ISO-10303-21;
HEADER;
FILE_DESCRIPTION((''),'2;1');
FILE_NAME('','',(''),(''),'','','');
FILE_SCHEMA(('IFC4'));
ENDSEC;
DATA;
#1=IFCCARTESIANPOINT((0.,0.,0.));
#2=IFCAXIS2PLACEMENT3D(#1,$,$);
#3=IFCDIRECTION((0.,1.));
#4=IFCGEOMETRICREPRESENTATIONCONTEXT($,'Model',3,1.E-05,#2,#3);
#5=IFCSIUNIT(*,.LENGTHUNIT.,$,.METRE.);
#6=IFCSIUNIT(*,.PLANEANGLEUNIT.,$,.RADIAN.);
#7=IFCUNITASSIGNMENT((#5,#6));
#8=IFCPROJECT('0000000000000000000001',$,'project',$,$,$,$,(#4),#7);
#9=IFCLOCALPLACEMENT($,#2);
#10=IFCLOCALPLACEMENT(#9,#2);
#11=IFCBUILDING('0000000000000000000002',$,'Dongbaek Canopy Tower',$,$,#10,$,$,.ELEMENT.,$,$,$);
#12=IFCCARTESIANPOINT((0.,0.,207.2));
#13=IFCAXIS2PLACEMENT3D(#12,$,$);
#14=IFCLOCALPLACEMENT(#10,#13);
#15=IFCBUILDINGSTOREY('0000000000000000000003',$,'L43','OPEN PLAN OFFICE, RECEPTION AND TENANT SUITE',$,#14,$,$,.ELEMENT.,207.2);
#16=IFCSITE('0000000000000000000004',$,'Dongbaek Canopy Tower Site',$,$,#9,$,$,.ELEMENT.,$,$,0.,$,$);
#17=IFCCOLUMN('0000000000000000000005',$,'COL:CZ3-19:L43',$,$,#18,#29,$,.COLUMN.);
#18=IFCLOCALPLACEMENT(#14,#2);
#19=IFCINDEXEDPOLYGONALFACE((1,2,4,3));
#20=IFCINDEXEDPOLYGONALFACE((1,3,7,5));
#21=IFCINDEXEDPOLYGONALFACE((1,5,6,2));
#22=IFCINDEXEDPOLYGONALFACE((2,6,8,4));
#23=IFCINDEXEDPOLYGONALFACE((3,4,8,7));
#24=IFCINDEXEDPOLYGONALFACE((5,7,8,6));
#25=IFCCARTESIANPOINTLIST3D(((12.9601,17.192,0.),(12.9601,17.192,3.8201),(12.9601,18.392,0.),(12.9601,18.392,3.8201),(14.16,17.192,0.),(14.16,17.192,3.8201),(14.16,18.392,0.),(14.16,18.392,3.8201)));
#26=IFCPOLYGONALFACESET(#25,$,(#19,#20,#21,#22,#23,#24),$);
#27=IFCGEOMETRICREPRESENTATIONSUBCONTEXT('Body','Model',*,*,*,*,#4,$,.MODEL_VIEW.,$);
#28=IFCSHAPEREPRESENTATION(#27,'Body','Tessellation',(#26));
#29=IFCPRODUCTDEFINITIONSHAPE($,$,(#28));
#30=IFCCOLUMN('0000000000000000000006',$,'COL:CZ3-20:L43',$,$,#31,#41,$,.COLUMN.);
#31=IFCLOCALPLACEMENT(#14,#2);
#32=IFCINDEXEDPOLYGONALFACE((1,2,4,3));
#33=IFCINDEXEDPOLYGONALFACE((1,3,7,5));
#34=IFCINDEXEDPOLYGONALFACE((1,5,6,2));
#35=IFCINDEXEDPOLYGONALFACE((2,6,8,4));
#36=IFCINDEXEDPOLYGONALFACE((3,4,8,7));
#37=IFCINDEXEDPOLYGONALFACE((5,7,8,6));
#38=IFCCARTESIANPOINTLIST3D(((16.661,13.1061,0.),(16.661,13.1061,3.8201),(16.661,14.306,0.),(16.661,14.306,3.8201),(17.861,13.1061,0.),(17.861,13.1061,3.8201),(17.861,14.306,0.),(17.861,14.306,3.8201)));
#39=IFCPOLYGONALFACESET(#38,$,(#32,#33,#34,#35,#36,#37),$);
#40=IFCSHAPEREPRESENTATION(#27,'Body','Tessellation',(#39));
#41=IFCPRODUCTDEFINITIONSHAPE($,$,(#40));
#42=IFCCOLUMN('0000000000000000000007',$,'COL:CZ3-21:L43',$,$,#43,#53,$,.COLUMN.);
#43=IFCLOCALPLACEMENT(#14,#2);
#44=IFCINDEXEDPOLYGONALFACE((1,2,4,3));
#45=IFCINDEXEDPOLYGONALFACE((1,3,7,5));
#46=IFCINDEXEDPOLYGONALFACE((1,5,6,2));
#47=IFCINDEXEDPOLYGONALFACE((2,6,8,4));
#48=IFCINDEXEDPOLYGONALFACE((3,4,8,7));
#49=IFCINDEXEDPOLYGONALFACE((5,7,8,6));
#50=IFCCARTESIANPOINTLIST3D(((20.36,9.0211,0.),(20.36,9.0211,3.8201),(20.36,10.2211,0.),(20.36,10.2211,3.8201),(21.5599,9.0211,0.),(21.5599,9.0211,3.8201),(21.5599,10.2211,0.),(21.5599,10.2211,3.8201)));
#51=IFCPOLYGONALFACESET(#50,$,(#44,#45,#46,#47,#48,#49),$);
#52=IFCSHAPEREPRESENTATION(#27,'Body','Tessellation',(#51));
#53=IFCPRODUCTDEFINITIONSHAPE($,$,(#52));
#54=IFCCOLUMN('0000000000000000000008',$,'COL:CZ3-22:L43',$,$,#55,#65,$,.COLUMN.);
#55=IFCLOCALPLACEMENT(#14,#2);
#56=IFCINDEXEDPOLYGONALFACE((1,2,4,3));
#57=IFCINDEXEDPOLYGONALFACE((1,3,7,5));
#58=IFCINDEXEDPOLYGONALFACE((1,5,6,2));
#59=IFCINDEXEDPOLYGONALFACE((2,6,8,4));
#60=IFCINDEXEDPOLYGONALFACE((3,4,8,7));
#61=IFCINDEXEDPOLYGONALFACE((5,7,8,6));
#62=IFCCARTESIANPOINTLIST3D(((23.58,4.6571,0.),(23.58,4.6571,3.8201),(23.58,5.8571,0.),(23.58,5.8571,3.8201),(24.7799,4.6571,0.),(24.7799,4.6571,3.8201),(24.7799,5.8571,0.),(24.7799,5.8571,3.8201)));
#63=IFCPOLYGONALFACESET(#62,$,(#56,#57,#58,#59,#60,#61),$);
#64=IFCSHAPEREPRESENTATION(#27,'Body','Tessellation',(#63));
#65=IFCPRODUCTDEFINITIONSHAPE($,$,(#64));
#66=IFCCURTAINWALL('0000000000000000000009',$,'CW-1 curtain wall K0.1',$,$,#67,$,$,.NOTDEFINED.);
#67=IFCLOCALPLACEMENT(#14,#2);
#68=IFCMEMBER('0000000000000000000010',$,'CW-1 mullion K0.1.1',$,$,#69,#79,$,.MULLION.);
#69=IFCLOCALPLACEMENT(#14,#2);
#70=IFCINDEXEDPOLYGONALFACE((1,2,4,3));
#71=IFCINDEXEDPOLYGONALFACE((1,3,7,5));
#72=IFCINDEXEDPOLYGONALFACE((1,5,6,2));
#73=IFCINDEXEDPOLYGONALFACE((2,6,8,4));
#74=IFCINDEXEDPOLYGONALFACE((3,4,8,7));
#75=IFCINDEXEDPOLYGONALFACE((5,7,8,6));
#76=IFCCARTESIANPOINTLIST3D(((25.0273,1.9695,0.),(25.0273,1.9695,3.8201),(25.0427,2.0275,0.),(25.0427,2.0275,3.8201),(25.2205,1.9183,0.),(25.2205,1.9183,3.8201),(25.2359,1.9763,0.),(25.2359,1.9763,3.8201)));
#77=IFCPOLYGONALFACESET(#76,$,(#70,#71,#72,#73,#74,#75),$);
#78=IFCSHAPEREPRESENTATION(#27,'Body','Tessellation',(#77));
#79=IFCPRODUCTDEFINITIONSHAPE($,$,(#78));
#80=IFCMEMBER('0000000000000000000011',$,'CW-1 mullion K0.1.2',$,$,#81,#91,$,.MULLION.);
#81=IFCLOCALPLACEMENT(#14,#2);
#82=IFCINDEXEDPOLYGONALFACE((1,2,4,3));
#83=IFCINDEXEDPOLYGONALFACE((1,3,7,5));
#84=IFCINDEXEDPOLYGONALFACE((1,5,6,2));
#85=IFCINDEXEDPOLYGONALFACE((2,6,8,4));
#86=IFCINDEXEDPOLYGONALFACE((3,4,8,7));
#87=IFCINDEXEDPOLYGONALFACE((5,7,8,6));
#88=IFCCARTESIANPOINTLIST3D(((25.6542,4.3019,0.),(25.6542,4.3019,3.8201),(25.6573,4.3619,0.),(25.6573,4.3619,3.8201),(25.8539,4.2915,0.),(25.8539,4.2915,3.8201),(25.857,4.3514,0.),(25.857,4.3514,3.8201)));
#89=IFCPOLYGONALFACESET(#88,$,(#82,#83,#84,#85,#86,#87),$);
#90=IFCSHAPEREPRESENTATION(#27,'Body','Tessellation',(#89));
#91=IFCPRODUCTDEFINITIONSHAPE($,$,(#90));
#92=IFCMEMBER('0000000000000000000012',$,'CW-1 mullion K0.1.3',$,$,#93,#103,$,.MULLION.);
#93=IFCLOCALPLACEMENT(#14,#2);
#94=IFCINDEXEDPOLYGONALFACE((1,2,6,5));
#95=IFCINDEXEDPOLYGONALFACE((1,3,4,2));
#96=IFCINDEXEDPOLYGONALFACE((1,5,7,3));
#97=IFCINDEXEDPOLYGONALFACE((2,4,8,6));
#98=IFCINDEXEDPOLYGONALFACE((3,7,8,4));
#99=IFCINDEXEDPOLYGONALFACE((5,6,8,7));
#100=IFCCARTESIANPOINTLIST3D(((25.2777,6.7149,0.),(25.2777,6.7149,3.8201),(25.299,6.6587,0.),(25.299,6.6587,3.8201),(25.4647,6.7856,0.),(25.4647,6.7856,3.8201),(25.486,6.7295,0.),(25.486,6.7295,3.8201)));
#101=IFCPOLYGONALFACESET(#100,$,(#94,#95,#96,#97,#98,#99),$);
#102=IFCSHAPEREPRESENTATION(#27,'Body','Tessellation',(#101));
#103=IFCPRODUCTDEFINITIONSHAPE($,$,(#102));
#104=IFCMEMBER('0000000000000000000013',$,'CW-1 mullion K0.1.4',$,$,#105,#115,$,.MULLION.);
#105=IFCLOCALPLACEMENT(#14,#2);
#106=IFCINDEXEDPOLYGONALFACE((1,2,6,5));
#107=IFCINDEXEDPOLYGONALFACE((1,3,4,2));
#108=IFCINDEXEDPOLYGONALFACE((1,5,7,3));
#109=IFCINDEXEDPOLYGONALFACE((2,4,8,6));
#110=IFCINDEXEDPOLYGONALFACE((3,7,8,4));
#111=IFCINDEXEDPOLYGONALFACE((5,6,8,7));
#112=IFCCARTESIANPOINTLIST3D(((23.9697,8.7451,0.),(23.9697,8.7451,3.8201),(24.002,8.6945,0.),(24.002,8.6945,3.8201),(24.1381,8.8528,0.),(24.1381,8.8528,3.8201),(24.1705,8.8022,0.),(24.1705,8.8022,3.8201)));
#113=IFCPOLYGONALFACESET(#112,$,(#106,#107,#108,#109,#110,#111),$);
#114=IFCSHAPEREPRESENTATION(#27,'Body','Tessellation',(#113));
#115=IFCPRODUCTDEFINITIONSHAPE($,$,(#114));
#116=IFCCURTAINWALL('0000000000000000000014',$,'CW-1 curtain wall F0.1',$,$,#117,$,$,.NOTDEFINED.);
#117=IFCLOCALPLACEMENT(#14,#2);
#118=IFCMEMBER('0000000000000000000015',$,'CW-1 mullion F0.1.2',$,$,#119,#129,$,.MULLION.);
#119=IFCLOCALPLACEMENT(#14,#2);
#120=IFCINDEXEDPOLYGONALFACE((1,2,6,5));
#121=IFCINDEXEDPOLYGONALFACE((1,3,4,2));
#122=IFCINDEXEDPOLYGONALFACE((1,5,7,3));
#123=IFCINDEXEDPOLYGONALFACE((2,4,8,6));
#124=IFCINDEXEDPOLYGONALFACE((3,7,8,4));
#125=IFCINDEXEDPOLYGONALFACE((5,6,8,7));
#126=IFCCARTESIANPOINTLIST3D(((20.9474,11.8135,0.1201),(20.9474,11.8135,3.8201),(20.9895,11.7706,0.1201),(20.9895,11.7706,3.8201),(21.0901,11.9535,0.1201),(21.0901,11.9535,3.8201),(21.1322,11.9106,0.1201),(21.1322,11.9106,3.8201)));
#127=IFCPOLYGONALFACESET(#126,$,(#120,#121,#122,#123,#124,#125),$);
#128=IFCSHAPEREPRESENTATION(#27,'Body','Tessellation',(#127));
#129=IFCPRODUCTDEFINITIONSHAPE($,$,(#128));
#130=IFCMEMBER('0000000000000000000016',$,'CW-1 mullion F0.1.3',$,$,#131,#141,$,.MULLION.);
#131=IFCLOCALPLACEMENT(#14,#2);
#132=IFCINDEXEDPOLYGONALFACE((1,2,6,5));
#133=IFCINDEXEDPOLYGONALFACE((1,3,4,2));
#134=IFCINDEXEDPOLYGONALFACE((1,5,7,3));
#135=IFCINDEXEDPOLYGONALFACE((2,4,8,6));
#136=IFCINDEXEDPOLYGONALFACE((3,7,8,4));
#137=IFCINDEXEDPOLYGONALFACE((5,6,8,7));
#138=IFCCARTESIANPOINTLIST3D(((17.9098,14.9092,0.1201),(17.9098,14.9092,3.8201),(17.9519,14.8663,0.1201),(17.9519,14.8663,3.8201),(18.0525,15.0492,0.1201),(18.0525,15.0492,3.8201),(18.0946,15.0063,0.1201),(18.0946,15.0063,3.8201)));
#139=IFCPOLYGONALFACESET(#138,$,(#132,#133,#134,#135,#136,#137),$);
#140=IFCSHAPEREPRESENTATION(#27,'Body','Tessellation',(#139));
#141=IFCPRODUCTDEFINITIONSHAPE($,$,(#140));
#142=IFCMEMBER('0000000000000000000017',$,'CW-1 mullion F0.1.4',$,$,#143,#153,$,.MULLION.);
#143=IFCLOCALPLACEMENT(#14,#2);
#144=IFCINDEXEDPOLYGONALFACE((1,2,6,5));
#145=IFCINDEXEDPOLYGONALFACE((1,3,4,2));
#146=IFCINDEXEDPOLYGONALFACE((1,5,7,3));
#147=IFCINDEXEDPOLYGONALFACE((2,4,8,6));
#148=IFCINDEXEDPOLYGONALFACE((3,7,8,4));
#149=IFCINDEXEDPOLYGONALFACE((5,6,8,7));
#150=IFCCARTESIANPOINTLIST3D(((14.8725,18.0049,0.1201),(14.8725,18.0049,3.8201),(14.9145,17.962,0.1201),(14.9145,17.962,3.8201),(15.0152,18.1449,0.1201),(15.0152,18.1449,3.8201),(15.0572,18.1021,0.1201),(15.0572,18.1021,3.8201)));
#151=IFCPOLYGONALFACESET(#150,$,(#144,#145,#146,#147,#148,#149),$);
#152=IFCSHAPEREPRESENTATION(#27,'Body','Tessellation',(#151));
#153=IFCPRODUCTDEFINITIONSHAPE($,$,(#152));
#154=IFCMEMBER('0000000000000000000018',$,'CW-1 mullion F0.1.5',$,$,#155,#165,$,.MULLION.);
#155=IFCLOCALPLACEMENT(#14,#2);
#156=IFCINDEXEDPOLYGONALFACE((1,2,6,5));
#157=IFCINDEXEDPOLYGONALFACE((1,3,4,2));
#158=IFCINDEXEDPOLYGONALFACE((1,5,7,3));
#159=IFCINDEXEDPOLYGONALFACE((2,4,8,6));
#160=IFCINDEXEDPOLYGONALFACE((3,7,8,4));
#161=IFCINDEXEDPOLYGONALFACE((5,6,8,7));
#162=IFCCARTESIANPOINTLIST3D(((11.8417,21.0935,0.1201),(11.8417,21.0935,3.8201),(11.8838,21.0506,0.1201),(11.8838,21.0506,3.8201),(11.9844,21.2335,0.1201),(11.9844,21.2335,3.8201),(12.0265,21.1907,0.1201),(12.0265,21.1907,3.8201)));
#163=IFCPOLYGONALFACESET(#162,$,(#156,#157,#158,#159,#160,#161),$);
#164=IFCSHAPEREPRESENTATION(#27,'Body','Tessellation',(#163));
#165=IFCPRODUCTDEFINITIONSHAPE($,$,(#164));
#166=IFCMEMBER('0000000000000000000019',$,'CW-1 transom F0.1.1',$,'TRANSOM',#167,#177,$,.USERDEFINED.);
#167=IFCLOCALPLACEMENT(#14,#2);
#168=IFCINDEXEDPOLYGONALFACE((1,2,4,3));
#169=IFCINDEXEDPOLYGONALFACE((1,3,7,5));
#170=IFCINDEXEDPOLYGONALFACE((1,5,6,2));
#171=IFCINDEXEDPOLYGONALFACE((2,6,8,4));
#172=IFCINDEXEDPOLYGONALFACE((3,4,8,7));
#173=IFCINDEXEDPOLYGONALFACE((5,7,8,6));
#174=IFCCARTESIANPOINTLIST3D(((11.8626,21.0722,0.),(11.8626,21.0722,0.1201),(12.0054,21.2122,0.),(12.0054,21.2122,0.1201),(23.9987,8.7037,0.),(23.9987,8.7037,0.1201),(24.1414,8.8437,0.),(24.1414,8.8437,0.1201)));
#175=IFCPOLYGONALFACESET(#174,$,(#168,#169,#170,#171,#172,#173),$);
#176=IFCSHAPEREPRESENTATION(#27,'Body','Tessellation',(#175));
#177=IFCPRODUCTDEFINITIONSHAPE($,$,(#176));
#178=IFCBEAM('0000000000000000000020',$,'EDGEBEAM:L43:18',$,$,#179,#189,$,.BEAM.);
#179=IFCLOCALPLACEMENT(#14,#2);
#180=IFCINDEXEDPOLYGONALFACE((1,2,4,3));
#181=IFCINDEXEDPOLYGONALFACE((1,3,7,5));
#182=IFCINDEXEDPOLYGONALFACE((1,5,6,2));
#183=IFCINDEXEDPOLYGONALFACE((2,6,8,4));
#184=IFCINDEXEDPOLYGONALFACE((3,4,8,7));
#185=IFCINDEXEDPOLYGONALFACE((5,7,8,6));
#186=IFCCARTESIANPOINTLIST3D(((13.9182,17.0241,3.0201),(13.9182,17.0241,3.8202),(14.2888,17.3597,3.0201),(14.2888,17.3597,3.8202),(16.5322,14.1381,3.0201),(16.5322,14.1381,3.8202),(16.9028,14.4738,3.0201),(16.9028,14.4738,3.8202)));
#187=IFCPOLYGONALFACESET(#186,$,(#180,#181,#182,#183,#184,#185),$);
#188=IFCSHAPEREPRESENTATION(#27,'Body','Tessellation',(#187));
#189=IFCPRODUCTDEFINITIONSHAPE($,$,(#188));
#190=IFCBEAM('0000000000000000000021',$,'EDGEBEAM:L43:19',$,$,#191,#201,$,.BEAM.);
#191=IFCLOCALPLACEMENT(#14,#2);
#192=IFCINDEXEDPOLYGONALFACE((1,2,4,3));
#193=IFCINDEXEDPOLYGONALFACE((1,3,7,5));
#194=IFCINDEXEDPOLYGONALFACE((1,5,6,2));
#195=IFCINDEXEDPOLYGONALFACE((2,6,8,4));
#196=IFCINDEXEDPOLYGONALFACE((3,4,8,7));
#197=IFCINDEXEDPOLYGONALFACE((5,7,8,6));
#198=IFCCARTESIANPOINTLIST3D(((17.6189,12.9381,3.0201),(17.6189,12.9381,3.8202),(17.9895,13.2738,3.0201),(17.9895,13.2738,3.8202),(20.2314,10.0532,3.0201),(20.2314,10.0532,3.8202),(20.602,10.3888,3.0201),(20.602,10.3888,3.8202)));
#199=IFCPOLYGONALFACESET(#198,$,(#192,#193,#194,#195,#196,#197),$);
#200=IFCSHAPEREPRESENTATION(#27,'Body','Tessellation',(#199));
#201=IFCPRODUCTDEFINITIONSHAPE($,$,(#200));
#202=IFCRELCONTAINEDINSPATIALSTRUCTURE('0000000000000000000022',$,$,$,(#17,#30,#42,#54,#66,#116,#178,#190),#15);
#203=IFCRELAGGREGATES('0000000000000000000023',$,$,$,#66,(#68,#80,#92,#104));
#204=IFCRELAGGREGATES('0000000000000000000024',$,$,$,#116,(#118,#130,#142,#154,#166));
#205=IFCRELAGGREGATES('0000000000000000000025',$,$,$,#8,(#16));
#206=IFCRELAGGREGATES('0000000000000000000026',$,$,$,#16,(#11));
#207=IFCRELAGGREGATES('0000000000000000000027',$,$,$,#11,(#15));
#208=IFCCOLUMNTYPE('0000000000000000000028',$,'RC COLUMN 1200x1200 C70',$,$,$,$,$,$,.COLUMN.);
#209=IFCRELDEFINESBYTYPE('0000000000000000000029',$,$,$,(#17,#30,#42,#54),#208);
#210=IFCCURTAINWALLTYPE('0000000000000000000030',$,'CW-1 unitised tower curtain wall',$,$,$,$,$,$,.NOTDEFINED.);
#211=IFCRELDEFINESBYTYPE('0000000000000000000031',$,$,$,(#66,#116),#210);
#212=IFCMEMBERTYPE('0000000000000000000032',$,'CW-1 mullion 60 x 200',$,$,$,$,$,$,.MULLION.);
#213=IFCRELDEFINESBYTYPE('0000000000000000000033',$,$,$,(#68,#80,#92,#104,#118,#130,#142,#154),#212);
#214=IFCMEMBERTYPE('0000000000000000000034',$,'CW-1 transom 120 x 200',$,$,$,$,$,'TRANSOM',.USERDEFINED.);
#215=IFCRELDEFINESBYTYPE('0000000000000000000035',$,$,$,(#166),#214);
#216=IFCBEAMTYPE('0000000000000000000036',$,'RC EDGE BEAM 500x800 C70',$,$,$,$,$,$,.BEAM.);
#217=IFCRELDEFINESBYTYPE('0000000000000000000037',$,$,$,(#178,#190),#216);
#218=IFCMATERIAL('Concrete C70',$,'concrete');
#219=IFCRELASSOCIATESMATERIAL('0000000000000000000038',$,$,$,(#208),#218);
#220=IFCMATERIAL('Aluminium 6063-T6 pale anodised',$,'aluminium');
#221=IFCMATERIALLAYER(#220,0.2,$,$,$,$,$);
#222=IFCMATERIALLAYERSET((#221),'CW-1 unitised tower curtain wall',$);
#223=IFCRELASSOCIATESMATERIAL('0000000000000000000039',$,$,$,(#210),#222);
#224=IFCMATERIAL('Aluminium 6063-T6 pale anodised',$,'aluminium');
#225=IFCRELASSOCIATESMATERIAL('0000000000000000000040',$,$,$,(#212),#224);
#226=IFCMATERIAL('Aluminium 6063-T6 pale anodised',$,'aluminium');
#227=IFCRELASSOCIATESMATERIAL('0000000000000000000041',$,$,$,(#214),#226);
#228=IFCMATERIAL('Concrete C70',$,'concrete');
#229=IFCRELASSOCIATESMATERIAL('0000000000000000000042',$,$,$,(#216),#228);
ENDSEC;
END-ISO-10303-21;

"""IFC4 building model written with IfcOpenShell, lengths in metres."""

from ifc_helpers import new_model, si_unit, direction, frame, origin, origin_2d, place, context, subcontext, project, spatial, rectangle, extrude, material, layer, layer_set, material_profile, profile_set, type_object, element, aggregate, save


model = new_model("IFC4")

# Units and contexts
model_context = context("Model", 3, precision=1e-05, world=origin(), true_north=direction((0.0, 1.0)))
body_context = subcontext(model_context, "Body", "Model", "MODEL_VIEW")
ifc_project = project(units=[si_unit("LENGTHUNIT", "METRE"), si_unit("PLANEANGLEUNIT", "RADIAN")], contexts=[model_context])

# Site, building, storey
site_placement = place(None, origin())
site = spatial("IfcSite", under=ifc_project, at=site_placement, Name="Dongbaek Canopy Tower Site", CompositionType="ELEMENT", RefElevation=0.0)
building_placement = place(site_placement, origin())
building = spatial("IfcBuilding", under=site, at=building_placement, Name="Dongbaek Canopy Tower", CompositionType="ELEMENT")
storey_placement = place(building_placement, frame((0.0, 0.0, 207.2)))
storey = spatial("IfcBuildingStorey", under=building, at=storey_placement, Name="L43", Description="OPEN PLAN OFFICE, RECEPTION AND TENANT SUITE", CompositionType="ELEMENT", Elevation=207.2)

# Columns
ifc_material_1 = material(Name="Concrete C70", Category="concrete")
ifc_material_profile_1 = material_profile(ifc_material_1, rectangle(XDim=1.2, YDim=1.2, at=origin_2d()), Name="RC COLUMN 1200x1200 C70")
ifc_profile_set_1 = profile_set([ifc_material_profile_1], Name="Concrete C70")
column_type = type_object("IfcColumnType", Name="RC COLUMN 1200x1200 C70", PredefinedType="COLUMN", material=ifc_profile_set_1)
for number, where, z_axis, x_axis, name in (
    (1, (13.5601, 17.792, 0.0), (0.0, 0.0, 1.0), (1.0, 0.0, 0.0), "COL:CZ3-19:L43"),
    (2, (17.261, 13.7061, 0.0), (0.0, 0.0, 1.0), (1.0, 0.0, 0.0), "COL:CZ3-20:L43"),
    (3, (20.96, 9.6211, 0.0), (0.0, 0.0, 1.0), (1.0, 0.0, 0.0), "COL:CZ3-21:L43"),
    (4, (24.1799, 5.2571, 0.0), (0.0, 0.0, 1.0), (1.0, 0.0, 0.0), "COL:CZ3-22:L43"),
):
    element("IfcColumn", number, at=place(storey_placement, frame(where, z_axis=z_axis, x_axis=x_axis)), inside=storey, type_object=column_type, Name=name, PredefinedType="COLUMN", context=body_context, shape_type="SweptSolid", body=[
        extrude(rectangle(XDim=1.2, YDim=1.2, at=origin_2d()), origin(), (0.0, 0.0, 1.0), 3.8201),
    ])

# Curtain walls, members
ifc_material_2 = material(Name="Aluminium 6063-T6 pale anodised", Category="aluminium")
ifc_layer_1 = layer(ifc_material_2, 0.2)
ifc_layer_set_1 = layer_set([ifc_layer_1], Name="CW-1 unitised tower curtain wall")
curtain_wall_type = type_object("IfcCurtainWallType", Name="CW-1 unitised tower curtain wall", PredefinedType="NOTDEFINED", material=ifc_layer_set_1)
curtain_wall_1_placement = place(storey_placement, origin())
curtain_wall_1 = element("IfcCurtainWall", 5, at=curtain_wall_1_placement, inside=storey, type_object=curtain_wall_type, Name="CW-1 curtain wall K0.1", PredefinedType="NOTDEFINED")
ifc_material_3 = material(Name="Aluminium 6063-T6 pale anodised", Category="aluminium")
ifc_material_profile_2 = material_profile(ifc_material_3, rectangle(XDim=0.2, YDim=0.0601, at=origin_2d()), Name="CW-1 mullion 60 x 200")
ifc_profile_set_2 = profile_set([ifc_material_profile_2], Name="Aluminium 6063-T6 pale anodised")
member_type_1 = type_object("IfcMemberType", Name="CW-1 mullion 60 x 200", PredefinedType="MULLION", material=ifc_profile_set_2)
member_1_placement = place(storey_placement, frame((25.1316, 1.9729, 0.0), z_axis=(0.0, 0.0, 1.0), x_axis=(0.966599, -0.256293, 0.0)))
member_1 = element("IfcMember", 6, at=member_1_placement, type_object=member_type_1, Name="CW-1 mullion K0.1.1", PredefinedType="MULLION", context=body_context, shape_type="SweptSolid", body=[
    extrude(rectangle(XDim=0.2, YDim=0.0601, at=origin_2d()), origin(), (0.0, 0.0, 1.0), 3.8201),
])
member_2_placement = place(storey_placement, frame((25.7556, 4.3267, 0.0), z_axis=(0.0, 0.0, 1.0), x_axis=(0.99864, -0.052142, 0.0)))
member_2 = element("IfcMember", 7, at=member_2_placement, type_object=member_type_1, Name="CW-1 mullion K0.1.2", PredefinedType="MULLION", context=body_context, shape_type="SweptSolid", body=[
    extrude(rectangle(XDim=0.2, YDim=0.0601, at=origin_2d()), origin(), (0.0, 0.0, 1.0), 3.8201),
])
member_3_placement = place(storey_placement, frame((25.3818, 6.7222, 0.0), z_axis=(0.0, 0.0, 1.0), x_axis=(0.935235, 0.354027, 0.0)))
member_3 = element("IfcMember", 8, at=member_3_placement, type_object=member_type_1, Name="CW-1 mullion K0.1.3", PredefinedType="MULLION", context=body_context, shape_type="SweptSolid", body=[
    extrude(rectangle(XDim=0.2, YDim=0.0601, at=origin_2d()), origin(), (0.0, 0.0, 1.0), 3.8201),
])
member_4_placement = place(storey_placement, frame((24.0701, 8.7737, 0.0), z_axis=(0.0, 0.0, 1.0), x_axis=(0.842498, 0.5387, 0.0)))
member_4 = element("IfcMember", 9, at=member_4_placement, type_object=member_type_1, Name="CW-1 mullion K0.1.4", PredefinedType="MULLION", context=body_context, shape_type="SweptSolid", body=[
    extrude(rectangle(XDim=0.2, YDim=0.0601, at=origin_2d()), origin(), (0.0, 0.0, 1.0), 3.8201),
])
curtain_wall_2_placement = place(storey_placement, origin())
curtain_wall_2 = element("IfcCurtainWall", 10, at=curtain_wall_2_placement, inside=storey, type_object=curtain_wall_type, Name="CW-1 curtain wall F0.1", PredefinedType="NOTDEFINED")
member_5_placement = place(storey_placement, frame((21.0398, 11.8621, 0.1201), z_axis=(0.0, 0.0, 1.0), x_axis=(0.713782, 0.700368, 0.0)))
member_5 = element("IfcMember", 11, at=member_5_placement, type_object=member_type_1, Name="CW-1 mullion F0.1.2", PredefinedType="MULLION", context=body_context, shape_type="SweptSolid", body=[
    extrude(rectangle(XDim=0.2, YDim=0.0601, at=origin_2d()), origin(), (0.0, 0.0, 1.0), 3.7),
])
member_6_placement = place(storey_placement, frame((18.0022, 14.9578, 0.1201), z_axis=(0.0, 0.0, 1.0), x_axis=(0.713782, 0.700368, 0.0)))
member_6 = element("IfcMember", 12, at=member_6_placement, type_object=member_type_1, Name="CW-1 mullion F0.1.3", PredefinedType="MULLION", context=body_context, shape_type="SweptSolid", body=[
    extrude(rectangle(XDim=0.2, YDim=0.0601, at=origin_2d()), origin(), (0.0, 0.0, 1.0), 3.7),
])
member_7_placement = place(storey_placement, frame((14.9648, 18.0535, 0.1201), z_axis=(0.0, 0.0, 1.0), x_axis=(0.713782, 0.700368, 0.0)))
member_7 = element("IfcMember", 13, at=member_7_placement, type_object=member_type_1, Name="CW-1 mullion F0.1.4", PredefinedType="MULLION", context=body_context, shape_type="SweptSolid", body=[
    extrude(rectangle(XDim=0.2, YDim=0.0601, at=origin_2d()), origin(), (0.0, 0.0, 1.0), 3.7),
])
member_8_placement = place(storey_placement, frame((11.9341, 21.1421, 0.1201), z_axis=(0.0, 0.0, 1.0), x_axis=(0.713782, 0.700368, 0.0)))
member_8 = element("IfcMember", 14, at=member_8_placement, type_object=member_type_1, Name="CW-1 mullion F0.1.5", PredefinedType="MULLION", context=body_context, shape_type="SweptSolid", body=[
    extrude(rectangle(XDim=0.2, YDim=0.0601, at=origin_2d()), origin(), (0.0, 0.0, 1.0), 3.7),
])
ifc_material_4 = material(Name="Aluminium 6063-T6 pale anodised", Category="aluminium")
ifc_material_profile_3 = material_profile(ifc_material_4, rectangle(XDim=0.2, YDim=0.1201, at=origin_2d()), Name="CW-1 transom 120 x 200")
ifc_profile_set_3 = profile_set([ifc_material_profile_3], Name="Aluminium 6063-T6 pale anodised")
member_type_2 = type_object("IfcMemberType", Name="CW-1 transom 120 x 200", ElementType="TRANSOM", PredefinedType="USERDEFINED", material=ifc_profile_set_3)
member_9_placement = place(storey_placement, frame((24.0701, 8.7737, 0.0601), z_axis=(-0.700368, 0.713782, 0.0), x_axis=(-0.713782, -0.700368, 0.0)))
member_9 = element("IfcMember", 15, at=member_9_placement, type_object=member_type_2, Name="CW-1 transom F0.1.1", ObjectType="TRANSOM", PredefinedType="USERDEFINED", context=body_context, shape_type="SweptSolid", body=[
    extrude(rectangle(XDim=0.2, YDim=0.1201, at=origin_2d()), origin(), (0.0, 0.0, 1.0), 17.3281),
])

# Beams
ifc_material_5 = material(Name="Concrete C70", Category="concrete")
ifc_material_profile_4 = material_profile(ifc_material_5, rectangle(XDim=0.5, YDim=0.8, at=origin_2d()), Name="RC EDGE BEAM 500x800 C70")
ifc_profile_set_4 = profile_set([ifc_material_profile_4], Name="Concrete C70")
beam_type = type_object("IfcBeamType", Name="RC EDGE BEAM 500x800 C70", PredefinedType="BEAM", material=ifc_profile_set_4)
beam_1_placement = place(storey_placement, frame((14.1035, 17.1919, 3.4202), z_axis=(0.67132, -0.741167, 0.0), x_axis=(0.741167, 0.67132, 0.0)))
element("IfcBeam", 16, at=beam_1_placement, inside=storey, type_object=beam_type, Name="EDGEBEAM:L43:18", PredefinedType="BEAM", context=body_context, shape_type="SweptSolid", body=[
    extrude(rectangle(XDim=0.5, YDim=0.8, at=origin_2d()), origin(), (0.0, 0.0, 1.0), 3.8938),
])
beam_2_placement = place(storey_placement, frame((17.8042, 13.106, 3.4202), z_axis=(0.671238, -0.741241, 0.0), x_axis=(0.741241, 0.671238, 0.0)))
element("IfcBeam", 17, at=beam_2_placement, inside=storey, type_object=beam_type, Name="EDGEBEAM:L43:19", PredefinedType="BEAM", context=body_context, shape_type="SweptSolid", body=[
    extrude(rectangle(XDim=0.5, YDim=0.8, at=origin_2d()), origin(), (0.0, 0.0, 1.0), 3.8921),
])

aggregate(curtain_wall_1, [member_1, member_2, member_3, member_4])
aggregate(curtain_wall_2, [member_5, member_6, member_7, member_8, member_9])

save(model, "model.ifc")
